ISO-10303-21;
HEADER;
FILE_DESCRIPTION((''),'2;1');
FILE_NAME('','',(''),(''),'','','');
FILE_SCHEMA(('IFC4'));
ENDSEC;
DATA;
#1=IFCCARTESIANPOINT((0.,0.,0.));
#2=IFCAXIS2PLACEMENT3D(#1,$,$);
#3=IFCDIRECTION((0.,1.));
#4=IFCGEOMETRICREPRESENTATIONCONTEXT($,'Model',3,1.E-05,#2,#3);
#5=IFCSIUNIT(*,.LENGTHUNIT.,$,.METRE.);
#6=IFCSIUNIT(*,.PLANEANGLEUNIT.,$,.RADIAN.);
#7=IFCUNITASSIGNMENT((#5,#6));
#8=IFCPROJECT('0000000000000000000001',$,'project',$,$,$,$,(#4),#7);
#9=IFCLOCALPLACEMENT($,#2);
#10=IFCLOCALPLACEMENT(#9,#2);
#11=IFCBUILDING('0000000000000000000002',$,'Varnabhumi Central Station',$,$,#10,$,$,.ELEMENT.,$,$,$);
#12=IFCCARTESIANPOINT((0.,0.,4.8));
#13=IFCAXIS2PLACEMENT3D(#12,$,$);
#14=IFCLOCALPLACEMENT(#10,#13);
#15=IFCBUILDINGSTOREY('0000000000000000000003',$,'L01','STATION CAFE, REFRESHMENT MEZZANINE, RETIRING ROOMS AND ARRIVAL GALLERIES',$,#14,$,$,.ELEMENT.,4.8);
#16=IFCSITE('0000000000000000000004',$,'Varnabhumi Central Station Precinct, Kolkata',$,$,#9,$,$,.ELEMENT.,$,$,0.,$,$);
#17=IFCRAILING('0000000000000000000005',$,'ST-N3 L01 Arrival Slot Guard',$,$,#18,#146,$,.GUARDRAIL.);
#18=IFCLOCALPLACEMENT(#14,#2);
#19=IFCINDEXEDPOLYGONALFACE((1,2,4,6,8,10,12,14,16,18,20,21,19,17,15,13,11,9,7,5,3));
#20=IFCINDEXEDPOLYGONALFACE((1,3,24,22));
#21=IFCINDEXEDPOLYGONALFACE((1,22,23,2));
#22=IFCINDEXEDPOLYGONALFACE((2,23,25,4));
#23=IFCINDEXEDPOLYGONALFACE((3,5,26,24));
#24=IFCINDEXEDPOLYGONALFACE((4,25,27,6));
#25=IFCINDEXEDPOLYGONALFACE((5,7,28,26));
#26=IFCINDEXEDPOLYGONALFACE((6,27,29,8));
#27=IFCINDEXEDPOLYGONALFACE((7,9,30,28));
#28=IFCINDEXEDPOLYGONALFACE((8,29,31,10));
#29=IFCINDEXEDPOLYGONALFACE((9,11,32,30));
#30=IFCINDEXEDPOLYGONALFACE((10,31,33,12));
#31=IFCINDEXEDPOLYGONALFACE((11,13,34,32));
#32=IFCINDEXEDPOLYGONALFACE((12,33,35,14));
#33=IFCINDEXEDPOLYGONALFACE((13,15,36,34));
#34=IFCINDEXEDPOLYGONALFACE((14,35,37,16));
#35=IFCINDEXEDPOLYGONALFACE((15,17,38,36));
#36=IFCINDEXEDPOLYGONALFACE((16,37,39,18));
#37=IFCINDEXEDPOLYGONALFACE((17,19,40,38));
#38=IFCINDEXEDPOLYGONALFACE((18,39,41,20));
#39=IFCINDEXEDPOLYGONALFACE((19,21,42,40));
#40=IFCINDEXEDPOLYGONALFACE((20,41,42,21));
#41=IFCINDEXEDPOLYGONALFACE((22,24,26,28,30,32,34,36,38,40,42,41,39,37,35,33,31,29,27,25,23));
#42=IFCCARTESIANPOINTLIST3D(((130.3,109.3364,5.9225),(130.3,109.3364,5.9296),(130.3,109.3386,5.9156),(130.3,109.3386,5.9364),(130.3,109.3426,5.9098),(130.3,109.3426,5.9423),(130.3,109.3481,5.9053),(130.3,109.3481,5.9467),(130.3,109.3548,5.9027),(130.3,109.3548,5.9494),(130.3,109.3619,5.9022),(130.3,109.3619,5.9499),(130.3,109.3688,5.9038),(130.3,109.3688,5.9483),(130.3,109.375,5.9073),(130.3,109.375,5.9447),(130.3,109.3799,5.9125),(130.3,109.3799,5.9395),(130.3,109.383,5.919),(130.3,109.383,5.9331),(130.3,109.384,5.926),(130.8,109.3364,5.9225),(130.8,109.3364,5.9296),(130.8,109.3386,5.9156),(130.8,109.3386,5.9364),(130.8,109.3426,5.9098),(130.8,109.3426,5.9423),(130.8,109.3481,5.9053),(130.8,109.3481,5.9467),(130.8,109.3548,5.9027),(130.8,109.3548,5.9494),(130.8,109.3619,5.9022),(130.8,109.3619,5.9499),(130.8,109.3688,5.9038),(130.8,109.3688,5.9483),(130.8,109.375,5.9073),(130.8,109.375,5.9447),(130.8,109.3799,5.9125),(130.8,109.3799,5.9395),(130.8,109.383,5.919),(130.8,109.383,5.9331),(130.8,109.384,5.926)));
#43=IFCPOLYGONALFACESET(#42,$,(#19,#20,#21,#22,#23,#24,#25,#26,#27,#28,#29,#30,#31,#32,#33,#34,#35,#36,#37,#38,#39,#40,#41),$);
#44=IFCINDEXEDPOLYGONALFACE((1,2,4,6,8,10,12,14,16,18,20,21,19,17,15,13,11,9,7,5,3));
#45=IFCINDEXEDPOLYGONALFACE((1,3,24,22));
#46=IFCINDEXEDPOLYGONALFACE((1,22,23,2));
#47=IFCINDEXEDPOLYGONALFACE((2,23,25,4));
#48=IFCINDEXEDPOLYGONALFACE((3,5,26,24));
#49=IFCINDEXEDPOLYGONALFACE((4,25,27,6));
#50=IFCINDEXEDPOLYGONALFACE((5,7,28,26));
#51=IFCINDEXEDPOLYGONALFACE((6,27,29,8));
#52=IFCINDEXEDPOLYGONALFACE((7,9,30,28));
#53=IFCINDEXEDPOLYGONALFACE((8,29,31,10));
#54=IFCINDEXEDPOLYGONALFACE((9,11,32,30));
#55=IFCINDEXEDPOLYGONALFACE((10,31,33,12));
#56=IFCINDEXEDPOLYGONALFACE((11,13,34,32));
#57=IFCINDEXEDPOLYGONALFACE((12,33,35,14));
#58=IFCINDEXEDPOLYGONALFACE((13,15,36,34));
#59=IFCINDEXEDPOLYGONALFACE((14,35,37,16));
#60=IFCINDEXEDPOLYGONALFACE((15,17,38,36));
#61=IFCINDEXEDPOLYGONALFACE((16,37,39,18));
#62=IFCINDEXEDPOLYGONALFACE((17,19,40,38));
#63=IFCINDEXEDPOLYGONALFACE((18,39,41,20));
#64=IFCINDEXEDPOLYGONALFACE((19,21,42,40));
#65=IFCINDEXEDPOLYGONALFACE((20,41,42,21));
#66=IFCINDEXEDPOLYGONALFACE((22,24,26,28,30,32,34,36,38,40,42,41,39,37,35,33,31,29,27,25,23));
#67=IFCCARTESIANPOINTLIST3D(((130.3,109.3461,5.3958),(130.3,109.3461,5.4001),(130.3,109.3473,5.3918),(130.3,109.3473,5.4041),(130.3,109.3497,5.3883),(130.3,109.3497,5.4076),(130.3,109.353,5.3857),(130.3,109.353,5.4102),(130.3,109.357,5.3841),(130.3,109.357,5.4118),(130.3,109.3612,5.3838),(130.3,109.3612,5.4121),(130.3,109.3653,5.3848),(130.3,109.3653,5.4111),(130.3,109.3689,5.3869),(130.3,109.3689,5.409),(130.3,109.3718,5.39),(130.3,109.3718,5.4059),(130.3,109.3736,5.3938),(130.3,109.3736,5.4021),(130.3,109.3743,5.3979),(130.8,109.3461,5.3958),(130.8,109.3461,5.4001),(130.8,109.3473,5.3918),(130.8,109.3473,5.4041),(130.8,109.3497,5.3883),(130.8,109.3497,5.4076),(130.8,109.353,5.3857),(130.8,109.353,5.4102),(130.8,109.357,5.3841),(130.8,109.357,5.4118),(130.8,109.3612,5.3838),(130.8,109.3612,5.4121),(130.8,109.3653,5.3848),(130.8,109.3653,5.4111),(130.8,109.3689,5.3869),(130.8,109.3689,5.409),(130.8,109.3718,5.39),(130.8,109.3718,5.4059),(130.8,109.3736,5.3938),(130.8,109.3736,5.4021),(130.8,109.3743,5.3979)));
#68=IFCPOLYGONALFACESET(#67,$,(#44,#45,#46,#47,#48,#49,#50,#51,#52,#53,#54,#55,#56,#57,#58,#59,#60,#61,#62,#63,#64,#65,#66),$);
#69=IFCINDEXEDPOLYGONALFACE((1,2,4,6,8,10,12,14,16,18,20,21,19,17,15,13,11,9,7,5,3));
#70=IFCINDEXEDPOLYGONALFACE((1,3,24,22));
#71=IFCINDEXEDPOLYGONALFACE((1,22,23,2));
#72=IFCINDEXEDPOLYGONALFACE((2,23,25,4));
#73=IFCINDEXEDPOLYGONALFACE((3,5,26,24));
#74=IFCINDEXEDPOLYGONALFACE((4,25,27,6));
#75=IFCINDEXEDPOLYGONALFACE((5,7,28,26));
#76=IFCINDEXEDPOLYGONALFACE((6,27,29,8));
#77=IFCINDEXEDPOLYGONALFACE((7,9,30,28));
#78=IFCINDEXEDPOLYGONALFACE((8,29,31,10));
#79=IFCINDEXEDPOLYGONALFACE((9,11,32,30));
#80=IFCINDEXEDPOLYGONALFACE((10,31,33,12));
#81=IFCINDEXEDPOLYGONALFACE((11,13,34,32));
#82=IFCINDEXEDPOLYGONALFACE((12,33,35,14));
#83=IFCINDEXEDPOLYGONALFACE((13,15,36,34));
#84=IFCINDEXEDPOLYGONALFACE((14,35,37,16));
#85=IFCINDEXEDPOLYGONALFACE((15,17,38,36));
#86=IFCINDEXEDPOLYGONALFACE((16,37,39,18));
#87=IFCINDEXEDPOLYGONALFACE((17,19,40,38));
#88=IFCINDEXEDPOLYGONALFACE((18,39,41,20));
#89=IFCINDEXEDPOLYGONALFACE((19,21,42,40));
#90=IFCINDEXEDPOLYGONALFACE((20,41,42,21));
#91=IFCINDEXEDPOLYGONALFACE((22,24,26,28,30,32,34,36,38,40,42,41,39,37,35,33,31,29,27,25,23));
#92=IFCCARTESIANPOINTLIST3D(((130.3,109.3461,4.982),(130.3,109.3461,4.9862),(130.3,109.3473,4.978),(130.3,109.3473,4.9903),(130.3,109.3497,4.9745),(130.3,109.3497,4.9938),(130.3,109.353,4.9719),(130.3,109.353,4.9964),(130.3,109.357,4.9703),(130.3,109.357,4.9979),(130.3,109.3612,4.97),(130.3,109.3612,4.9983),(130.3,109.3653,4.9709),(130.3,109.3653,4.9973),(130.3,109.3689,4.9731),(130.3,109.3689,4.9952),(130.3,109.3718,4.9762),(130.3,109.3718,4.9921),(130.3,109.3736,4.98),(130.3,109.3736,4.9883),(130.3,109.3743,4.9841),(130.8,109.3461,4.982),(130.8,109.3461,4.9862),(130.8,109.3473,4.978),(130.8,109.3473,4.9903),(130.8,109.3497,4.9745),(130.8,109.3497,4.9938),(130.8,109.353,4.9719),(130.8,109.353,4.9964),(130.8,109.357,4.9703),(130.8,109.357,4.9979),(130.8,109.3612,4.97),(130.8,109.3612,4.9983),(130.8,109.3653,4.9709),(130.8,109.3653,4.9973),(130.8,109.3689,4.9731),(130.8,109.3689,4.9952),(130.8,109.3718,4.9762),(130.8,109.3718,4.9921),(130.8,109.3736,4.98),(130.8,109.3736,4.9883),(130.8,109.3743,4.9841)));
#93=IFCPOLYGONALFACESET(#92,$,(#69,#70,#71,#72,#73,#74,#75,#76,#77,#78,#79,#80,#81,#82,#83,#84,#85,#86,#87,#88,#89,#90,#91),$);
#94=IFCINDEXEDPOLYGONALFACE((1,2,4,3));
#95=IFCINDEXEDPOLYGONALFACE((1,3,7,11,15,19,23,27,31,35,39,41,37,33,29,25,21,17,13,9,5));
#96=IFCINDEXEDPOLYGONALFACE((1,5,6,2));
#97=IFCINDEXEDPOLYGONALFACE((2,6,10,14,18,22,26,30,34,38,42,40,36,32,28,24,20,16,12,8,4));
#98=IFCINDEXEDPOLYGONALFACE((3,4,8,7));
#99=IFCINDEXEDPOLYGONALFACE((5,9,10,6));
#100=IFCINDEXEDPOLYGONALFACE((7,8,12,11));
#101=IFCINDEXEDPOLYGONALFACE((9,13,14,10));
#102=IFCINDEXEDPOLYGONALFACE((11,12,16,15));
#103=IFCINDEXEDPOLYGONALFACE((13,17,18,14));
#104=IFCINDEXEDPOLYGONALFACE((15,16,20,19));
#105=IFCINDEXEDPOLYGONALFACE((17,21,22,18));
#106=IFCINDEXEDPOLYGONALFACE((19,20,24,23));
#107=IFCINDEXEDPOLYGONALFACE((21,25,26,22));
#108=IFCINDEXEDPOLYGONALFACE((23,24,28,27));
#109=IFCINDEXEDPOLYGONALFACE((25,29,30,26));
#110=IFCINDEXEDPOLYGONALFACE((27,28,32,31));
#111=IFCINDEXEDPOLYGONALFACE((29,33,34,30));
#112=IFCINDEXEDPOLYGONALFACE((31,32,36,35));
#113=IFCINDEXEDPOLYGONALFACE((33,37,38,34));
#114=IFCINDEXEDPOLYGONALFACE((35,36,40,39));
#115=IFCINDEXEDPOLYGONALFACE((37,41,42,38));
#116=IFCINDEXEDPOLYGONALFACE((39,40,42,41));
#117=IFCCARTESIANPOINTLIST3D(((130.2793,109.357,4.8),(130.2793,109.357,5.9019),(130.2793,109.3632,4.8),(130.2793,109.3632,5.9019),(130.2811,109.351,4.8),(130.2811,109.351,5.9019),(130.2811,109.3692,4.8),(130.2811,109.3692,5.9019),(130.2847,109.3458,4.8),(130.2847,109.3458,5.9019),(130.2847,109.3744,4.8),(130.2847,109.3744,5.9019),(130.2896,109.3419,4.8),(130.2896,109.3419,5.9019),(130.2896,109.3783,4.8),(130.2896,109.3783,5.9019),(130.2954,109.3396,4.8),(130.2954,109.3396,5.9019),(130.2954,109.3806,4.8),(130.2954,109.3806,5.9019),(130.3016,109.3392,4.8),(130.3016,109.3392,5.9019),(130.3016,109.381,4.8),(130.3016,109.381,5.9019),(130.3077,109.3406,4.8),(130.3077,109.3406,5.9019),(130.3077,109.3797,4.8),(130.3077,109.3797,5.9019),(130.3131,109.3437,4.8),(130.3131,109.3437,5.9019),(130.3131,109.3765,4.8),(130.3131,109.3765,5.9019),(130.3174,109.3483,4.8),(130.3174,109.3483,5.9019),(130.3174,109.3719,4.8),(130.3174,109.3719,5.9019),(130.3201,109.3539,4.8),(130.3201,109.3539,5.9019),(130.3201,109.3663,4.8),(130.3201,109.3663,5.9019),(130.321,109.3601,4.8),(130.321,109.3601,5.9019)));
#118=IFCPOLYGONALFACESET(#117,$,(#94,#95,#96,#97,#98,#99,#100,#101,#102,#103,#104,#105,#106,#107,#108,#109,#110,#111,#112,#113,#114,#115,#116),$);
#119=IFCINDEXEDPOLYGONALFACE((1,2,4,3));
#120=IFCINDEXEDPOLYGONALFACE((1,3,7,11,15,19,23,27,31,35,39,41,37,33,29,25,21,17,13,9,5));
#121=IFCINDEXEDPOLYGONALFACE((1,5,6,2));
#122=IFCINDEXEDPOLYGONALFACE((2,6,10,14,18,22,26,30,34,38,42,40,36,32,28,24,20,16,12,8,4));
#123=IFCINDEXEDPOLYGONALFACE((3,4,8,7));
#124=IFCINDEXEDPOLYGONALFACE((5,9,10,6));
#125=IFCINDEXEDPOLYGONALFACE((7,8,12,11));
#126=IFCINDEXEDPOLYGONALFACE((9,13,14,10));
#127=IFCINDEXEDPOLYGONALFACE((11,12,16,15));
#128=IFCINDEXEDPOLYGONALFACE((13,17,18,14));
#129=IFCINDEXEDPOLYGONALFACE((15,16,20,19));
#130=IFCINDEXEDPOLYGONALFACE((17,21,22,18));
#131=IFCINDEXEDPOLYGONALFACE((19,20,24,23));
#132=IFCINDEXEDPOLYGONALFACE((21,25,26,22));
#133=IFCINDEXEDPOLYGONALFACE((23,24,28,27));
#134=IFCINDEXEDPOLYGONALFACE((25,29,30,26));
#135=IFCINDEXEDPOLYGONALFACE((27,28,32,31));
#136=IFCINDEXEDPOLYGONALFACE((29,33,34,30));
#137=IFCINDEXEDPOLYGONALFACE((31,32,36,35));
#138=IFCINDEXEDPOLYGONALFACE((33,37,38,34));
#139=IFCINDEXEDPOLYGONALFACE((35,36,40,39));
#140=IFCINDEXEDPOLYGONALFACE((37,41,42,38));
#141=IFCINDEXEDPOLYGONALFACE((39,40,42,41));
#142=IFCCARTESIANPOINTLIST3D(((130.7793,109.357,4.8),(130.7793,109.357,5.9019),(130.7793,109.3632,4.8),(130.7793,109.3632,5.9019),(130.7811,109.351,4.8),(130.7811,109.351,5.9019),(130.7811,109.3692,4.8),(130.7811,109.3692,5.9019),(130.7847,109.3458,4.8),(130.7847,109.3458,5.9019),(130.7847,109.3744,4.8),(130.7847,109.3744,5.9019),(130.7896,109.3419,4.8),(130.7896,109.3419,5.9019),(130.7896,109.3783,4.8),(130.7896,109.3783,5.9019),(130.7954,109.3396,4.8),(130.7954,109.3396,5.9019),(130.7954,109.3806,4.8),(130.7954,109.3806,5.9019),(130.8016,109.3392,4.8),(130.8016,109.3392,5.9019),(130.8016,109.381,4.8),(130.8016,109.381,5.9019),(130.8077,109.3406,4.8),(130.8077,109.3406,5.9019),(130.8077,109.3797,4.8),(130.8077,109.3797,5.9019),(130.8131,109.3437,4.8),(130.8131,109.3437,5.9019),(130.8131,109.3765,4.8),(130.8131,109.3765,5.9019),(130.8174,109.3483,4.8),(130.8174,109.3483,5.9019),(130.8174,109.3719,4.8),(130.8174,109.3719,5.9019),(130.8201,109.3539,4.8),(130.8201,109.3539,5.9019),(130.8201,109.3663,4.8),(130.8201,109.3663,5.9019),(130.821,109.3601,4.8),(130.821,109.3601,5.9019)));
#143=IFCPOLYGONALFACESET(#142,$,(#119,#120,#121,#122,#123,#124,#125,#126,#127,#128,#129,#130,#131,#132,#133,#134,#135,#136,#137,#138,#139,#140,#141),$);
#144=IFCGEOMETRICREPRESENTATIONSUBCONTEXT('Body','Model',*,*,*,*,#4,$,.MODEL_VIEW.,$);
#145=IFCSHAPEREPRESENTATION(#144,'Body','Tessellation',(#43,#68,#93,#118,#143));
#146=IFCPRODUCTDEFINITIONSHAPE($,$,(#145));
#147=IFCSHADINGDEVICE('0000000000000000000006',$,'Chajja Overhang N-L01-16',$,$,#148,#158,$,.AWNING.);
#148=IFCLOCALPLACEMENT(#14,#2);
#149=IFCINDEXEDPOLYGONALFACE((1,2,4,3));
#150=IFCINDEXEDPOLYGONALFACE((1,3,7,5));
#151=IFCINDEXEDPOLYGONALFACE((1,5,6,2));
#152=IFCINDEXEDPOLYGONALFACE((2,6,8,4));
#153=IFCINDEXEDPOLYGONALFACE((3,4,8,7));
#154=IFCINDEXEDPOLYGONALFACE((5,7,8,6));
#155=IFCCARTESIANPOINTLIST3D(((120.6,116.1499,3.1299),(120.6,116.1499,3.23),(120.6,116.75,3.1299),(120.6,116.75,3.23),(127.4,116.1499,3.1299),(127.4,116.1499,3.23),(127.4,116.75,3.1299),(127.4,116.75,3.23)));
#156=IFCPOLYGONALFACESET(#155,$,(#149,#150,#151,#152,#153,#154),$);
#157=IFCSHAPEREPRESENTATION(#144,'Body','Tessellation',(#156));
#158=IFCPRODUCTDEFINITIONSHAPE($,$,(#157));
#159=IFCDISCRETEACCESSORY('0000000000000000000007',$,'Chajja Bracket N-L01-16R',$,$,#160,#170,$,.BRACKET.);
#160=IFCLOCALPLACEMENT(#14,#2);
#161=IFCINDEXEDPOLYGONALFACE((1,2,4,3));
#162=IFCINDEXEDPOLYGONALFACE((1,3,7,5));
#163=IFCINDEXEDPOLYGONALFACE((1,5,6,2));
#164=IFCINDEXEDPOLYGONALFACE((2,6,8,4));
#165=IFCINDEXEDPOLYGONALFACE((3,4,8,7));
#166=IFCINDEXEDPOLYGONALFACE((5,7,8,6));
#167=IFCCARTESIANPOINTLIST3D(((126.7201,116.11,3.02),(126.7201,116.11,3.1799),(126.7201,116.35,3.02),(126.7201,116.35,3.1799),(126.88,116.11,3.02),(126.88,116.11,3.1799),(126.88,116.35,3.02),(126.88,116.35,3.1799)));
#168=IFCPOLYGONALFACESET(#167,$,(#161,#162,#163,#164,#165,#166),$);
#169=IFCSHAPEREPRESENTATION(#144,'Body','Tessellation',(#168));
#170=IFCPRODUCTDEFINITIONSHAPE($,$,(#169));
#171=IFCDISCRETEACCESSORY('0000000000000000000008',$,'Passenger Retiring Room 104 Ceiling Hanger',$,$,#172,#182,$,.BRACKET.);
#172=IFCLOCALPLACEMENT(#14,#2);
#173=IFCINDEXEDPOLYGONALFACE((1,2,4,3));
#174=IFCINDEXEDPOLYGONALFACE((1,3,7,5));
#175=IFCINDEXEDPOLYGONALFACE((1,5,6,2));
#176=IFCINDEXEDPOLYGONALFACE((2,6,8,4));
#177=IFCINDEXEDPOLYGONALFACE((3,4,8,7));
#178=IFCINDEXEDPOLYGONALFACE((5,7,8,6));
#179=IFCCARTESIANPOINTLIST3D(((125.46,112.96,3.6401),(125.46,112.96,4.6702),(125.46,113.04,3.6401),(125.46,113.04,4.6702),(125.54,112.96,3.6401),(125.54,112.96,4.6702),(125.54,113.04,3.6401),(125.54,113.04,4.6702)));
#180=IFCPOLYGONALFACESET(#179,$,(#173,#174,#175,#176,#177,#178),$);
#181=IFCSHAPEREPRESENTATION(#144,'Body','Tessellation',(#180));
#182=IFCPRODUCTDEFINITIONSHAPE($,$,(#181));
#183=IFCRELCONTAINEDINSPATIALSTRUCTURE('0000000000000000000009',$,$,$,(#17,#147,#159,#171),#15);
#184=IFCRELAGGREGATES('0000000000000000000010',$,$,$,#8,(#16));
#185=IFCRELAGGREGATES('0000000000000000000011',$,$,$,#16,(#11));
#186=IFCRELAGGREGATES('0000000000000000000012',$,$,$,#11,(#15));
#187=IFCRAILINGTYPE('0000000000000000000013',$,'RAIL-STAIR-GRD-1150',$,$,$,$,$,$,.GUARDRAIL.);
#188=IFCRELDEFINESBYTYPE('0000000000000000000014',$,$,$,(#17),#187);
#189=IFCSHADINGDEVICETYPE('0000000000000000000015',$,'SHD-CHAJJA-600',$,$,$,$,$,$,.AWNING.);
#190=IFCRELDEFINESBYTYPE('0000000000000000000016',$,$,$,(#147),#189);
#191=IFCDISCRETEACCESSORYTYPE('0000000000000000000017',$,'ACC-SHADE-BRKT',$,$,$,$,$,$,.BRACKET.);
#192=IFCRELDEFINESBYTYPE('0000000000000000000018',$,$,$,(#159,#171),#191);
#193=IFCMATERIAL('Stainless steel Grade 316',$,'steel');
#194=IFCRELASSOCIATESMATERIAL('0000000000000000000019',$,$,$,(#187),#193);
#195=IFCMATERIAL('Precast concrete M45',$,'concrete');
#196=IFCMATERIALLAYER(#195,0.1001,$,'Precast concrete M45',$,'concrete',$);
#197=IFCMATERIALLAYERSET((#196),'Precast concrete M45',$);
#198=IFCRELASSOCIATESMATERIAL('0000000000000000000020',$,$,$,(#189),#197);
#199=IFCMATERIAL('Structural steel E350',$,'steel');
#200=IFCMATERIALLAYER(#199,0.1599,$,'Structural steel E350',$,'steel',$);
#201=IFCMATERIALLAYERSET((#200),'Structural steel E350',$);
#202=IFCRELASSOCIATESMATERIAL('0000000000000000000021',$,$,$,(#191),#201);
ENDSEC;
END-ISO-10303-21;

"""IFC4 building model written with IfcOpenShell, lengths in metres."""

from ifc_helpers import new_model, si_unit, direction, frame, origin, origin_2d, place, context, subcontext, project, spatial, rectangle, circle, extrude, material, layer, layer_set, type_object, element, save


model = new_model("IFC4")

# Units and contexts
model_context = context("Model", 3, precision=1e-05, world=origin(), true_north=direction((0.0, 1.0)))
body_context = subcontext(model_context, "Body", "Model", "MODEL_VIEW")
ifc_project = project(units=[si_unit("LENGTHUNIT", "METRE"), si_unit("PLANEANGLEUNIT", "RADIAN")], contexts=[model_context])

# Site, building, storey
site_placement = place(None, origin())
site = spatial("IfcSite", under=ifc_project, at=site_placement, Name="Varnabhumi Central Station Precinct, Kolkata", CompositionType="ELEMENT", RefElevation=0.0)
building_placement = place(site_placement, origin())
building = spatial("IfcBuilding", under=site, at=building_placement, Name="Varnabhumi Central Station", CompositionType="ELEMENT")
storey_placement = place(building_placement, frame((0.0, 0.0, 4.8)))
storey = spatial("IfcBuildingStorey", under=building, at=storey_placement, Name="L01", Description="STATION CAFE, REFRESHMENT MEZZANINE, RETIRING ROOMS AND ARRIVAL GALLERIES", CompositionType="ELEMENT", Elevation=4.8)

# Shared definitions
ifc_material_1 = material(Name="Stainless steel Grade 316", Category="steel")

# Railing
railing_type_1 = type_object("IfcRailingType", Name="RAIL-STAIR-GRD-1150", PredefinedType="GUARDRAIL", material=ifc_material_1)
for number, where, name in (
    (1, (130.3, 109.3601, 4.8), "ST-N3 L01 Arrival Slot Guard"),
):
    element("IfcRailing", number, at=place(storey_placement, frame(where)), inside=storey, type_object=railing_type_1, Name=name, PredefinedType="GUARDRAIL", context=body_context, shape_type="SweptSolid", body=[
        extrude(circle(Radius=0.0239, at=origin_2d()), frame((0.0, 0.0, 1.126), z_axis=(1.0, 0.0, 0.0), x_axis=(0.0, 1.0, 0.0)), (0.0, 0.0, 1.0), 0.5),
        extrude(circle(Radius=0.0142, at=origin_2d()), frame((0.0, 0.0, 0.5979), z_axis=(1.0, 0.0, 0.0), x_axis=(0.0, 1.0, 0.0)), (0.0, 0.0, 1.0), 0.5),
        extrude(circle(Radius=0.0142, at=origin_2d()), frame((0.0, 0.0, 0.1841), z_axis=(1.0, 0.0, 0.0), x_axis=(0.0, 1.0, 0.0)), (0.0, 0.0, 1.0), 0.5),
        extrude(circle(Radius=0.021, at=origin_2d()), origin(), (0.0, 0.0, 1.0), 1.1018),
        extrude(circle(Radius=0.021, at=origin_2d()), frame((0.5, 0.0, 0.0)), (0.0, 0.0, 1.0), 1.1018),
    ])

# Shading device
ifc_material_2 = material(Name="Precast concrete M45", Category="concrete")
ifc_layer_1 = layer(ifc_material_2, 0.1001, Name="Precast concrete M45", Category="concrete")
ifc_layer_set_1 = layer_set([ifc_layer_1], Name="Precast concrete M45")
shading_device_type = type_object("IfcShadingDeviceType", Name="SHD-CHAJJA-600", PredefinedType="AWNING", material=ifc_layer_set_1)
shading_device_placement = place(storey_placement, frame((124.0, 116.45, 3.1299), z_axis=(0.0, 0.0, 1.0), x_axis=(1.0, 0.0, 0.0)))
element("IfcShadingDevice", 2, at=shading_device_placement, inside=storey, type_object=shading_device_type, Name="Chajja Overhang N-L01-16", PredefinedType="AWNING", context=body_context, shape_type="SweptSolid", body=[
    extrude(rectangle(XDim=6.8, YDim=0.6001, at=origin_2d()), origin(), (0.0, 0.0, 1.0), 0.1001),
])

# Discrete accessories
ifc_material_3 = material(Name="Structural steel E350", Category="steel")
ifc_layer_2 = layer(ifc_material_3, 0.1599, Name="Structural steel E350", Category="steel")
ifc_layer_set_2 = layer_set([ifc_layer_2], Name="Structural steel E350")
discrete_accessory_type = type_object("IfcDiscreteAccessoryType", Name="ACC-SHADE-BRKT", PredefinedType="BRACKET", material=ifc_layer_set_2)
discrete_accessory_1_placement = place(storey_placement, frame((126.8, 116.23, 3.02), z_axis=(0.0, 0.0, 1.0), x_axis=(1.0, 0.0, 0.0)))
element("IfcDiscreteAccessory", 3, at=discrete_accessory_1_placement, inside=storey, type_object=discrete_accessory_type, Name="Chajja Bracket N-L01-16R", PredefinedType="BRACKET", context=body_context, shape_type="SweptSolid", body=[
    extrude(rectangle(XDim=0.1599, YDim=0.24, at=origin_2d()), origin(), (0.0, 0.0, 1.0), 0.1599),
])
discrete_accessory_2_placement = place(storey_placement, frame((125.5, 113.0, 3.6401), z_axis=(0.0, 0.0, 1.0), x_axis=(1.0, 0.0, 0.0)))
element("IfcDiscreteAccessory", 4, at=discrete_accessory_2_placement, inside=storey, type_object=discrete_accessory_type, Name="Passenger Retiring Room 104 Ceiling Hanger", PredefinedType="BRACKET", context=body_context, shape_type="SweptSolid", body=[
    extrude(rectangle(XDim=0.0801, YDim=0.0801, at=origin_2d()), origin(), (0.0, 0.0, 1.0), 1.03),
])

save(model, "model.ifc")
